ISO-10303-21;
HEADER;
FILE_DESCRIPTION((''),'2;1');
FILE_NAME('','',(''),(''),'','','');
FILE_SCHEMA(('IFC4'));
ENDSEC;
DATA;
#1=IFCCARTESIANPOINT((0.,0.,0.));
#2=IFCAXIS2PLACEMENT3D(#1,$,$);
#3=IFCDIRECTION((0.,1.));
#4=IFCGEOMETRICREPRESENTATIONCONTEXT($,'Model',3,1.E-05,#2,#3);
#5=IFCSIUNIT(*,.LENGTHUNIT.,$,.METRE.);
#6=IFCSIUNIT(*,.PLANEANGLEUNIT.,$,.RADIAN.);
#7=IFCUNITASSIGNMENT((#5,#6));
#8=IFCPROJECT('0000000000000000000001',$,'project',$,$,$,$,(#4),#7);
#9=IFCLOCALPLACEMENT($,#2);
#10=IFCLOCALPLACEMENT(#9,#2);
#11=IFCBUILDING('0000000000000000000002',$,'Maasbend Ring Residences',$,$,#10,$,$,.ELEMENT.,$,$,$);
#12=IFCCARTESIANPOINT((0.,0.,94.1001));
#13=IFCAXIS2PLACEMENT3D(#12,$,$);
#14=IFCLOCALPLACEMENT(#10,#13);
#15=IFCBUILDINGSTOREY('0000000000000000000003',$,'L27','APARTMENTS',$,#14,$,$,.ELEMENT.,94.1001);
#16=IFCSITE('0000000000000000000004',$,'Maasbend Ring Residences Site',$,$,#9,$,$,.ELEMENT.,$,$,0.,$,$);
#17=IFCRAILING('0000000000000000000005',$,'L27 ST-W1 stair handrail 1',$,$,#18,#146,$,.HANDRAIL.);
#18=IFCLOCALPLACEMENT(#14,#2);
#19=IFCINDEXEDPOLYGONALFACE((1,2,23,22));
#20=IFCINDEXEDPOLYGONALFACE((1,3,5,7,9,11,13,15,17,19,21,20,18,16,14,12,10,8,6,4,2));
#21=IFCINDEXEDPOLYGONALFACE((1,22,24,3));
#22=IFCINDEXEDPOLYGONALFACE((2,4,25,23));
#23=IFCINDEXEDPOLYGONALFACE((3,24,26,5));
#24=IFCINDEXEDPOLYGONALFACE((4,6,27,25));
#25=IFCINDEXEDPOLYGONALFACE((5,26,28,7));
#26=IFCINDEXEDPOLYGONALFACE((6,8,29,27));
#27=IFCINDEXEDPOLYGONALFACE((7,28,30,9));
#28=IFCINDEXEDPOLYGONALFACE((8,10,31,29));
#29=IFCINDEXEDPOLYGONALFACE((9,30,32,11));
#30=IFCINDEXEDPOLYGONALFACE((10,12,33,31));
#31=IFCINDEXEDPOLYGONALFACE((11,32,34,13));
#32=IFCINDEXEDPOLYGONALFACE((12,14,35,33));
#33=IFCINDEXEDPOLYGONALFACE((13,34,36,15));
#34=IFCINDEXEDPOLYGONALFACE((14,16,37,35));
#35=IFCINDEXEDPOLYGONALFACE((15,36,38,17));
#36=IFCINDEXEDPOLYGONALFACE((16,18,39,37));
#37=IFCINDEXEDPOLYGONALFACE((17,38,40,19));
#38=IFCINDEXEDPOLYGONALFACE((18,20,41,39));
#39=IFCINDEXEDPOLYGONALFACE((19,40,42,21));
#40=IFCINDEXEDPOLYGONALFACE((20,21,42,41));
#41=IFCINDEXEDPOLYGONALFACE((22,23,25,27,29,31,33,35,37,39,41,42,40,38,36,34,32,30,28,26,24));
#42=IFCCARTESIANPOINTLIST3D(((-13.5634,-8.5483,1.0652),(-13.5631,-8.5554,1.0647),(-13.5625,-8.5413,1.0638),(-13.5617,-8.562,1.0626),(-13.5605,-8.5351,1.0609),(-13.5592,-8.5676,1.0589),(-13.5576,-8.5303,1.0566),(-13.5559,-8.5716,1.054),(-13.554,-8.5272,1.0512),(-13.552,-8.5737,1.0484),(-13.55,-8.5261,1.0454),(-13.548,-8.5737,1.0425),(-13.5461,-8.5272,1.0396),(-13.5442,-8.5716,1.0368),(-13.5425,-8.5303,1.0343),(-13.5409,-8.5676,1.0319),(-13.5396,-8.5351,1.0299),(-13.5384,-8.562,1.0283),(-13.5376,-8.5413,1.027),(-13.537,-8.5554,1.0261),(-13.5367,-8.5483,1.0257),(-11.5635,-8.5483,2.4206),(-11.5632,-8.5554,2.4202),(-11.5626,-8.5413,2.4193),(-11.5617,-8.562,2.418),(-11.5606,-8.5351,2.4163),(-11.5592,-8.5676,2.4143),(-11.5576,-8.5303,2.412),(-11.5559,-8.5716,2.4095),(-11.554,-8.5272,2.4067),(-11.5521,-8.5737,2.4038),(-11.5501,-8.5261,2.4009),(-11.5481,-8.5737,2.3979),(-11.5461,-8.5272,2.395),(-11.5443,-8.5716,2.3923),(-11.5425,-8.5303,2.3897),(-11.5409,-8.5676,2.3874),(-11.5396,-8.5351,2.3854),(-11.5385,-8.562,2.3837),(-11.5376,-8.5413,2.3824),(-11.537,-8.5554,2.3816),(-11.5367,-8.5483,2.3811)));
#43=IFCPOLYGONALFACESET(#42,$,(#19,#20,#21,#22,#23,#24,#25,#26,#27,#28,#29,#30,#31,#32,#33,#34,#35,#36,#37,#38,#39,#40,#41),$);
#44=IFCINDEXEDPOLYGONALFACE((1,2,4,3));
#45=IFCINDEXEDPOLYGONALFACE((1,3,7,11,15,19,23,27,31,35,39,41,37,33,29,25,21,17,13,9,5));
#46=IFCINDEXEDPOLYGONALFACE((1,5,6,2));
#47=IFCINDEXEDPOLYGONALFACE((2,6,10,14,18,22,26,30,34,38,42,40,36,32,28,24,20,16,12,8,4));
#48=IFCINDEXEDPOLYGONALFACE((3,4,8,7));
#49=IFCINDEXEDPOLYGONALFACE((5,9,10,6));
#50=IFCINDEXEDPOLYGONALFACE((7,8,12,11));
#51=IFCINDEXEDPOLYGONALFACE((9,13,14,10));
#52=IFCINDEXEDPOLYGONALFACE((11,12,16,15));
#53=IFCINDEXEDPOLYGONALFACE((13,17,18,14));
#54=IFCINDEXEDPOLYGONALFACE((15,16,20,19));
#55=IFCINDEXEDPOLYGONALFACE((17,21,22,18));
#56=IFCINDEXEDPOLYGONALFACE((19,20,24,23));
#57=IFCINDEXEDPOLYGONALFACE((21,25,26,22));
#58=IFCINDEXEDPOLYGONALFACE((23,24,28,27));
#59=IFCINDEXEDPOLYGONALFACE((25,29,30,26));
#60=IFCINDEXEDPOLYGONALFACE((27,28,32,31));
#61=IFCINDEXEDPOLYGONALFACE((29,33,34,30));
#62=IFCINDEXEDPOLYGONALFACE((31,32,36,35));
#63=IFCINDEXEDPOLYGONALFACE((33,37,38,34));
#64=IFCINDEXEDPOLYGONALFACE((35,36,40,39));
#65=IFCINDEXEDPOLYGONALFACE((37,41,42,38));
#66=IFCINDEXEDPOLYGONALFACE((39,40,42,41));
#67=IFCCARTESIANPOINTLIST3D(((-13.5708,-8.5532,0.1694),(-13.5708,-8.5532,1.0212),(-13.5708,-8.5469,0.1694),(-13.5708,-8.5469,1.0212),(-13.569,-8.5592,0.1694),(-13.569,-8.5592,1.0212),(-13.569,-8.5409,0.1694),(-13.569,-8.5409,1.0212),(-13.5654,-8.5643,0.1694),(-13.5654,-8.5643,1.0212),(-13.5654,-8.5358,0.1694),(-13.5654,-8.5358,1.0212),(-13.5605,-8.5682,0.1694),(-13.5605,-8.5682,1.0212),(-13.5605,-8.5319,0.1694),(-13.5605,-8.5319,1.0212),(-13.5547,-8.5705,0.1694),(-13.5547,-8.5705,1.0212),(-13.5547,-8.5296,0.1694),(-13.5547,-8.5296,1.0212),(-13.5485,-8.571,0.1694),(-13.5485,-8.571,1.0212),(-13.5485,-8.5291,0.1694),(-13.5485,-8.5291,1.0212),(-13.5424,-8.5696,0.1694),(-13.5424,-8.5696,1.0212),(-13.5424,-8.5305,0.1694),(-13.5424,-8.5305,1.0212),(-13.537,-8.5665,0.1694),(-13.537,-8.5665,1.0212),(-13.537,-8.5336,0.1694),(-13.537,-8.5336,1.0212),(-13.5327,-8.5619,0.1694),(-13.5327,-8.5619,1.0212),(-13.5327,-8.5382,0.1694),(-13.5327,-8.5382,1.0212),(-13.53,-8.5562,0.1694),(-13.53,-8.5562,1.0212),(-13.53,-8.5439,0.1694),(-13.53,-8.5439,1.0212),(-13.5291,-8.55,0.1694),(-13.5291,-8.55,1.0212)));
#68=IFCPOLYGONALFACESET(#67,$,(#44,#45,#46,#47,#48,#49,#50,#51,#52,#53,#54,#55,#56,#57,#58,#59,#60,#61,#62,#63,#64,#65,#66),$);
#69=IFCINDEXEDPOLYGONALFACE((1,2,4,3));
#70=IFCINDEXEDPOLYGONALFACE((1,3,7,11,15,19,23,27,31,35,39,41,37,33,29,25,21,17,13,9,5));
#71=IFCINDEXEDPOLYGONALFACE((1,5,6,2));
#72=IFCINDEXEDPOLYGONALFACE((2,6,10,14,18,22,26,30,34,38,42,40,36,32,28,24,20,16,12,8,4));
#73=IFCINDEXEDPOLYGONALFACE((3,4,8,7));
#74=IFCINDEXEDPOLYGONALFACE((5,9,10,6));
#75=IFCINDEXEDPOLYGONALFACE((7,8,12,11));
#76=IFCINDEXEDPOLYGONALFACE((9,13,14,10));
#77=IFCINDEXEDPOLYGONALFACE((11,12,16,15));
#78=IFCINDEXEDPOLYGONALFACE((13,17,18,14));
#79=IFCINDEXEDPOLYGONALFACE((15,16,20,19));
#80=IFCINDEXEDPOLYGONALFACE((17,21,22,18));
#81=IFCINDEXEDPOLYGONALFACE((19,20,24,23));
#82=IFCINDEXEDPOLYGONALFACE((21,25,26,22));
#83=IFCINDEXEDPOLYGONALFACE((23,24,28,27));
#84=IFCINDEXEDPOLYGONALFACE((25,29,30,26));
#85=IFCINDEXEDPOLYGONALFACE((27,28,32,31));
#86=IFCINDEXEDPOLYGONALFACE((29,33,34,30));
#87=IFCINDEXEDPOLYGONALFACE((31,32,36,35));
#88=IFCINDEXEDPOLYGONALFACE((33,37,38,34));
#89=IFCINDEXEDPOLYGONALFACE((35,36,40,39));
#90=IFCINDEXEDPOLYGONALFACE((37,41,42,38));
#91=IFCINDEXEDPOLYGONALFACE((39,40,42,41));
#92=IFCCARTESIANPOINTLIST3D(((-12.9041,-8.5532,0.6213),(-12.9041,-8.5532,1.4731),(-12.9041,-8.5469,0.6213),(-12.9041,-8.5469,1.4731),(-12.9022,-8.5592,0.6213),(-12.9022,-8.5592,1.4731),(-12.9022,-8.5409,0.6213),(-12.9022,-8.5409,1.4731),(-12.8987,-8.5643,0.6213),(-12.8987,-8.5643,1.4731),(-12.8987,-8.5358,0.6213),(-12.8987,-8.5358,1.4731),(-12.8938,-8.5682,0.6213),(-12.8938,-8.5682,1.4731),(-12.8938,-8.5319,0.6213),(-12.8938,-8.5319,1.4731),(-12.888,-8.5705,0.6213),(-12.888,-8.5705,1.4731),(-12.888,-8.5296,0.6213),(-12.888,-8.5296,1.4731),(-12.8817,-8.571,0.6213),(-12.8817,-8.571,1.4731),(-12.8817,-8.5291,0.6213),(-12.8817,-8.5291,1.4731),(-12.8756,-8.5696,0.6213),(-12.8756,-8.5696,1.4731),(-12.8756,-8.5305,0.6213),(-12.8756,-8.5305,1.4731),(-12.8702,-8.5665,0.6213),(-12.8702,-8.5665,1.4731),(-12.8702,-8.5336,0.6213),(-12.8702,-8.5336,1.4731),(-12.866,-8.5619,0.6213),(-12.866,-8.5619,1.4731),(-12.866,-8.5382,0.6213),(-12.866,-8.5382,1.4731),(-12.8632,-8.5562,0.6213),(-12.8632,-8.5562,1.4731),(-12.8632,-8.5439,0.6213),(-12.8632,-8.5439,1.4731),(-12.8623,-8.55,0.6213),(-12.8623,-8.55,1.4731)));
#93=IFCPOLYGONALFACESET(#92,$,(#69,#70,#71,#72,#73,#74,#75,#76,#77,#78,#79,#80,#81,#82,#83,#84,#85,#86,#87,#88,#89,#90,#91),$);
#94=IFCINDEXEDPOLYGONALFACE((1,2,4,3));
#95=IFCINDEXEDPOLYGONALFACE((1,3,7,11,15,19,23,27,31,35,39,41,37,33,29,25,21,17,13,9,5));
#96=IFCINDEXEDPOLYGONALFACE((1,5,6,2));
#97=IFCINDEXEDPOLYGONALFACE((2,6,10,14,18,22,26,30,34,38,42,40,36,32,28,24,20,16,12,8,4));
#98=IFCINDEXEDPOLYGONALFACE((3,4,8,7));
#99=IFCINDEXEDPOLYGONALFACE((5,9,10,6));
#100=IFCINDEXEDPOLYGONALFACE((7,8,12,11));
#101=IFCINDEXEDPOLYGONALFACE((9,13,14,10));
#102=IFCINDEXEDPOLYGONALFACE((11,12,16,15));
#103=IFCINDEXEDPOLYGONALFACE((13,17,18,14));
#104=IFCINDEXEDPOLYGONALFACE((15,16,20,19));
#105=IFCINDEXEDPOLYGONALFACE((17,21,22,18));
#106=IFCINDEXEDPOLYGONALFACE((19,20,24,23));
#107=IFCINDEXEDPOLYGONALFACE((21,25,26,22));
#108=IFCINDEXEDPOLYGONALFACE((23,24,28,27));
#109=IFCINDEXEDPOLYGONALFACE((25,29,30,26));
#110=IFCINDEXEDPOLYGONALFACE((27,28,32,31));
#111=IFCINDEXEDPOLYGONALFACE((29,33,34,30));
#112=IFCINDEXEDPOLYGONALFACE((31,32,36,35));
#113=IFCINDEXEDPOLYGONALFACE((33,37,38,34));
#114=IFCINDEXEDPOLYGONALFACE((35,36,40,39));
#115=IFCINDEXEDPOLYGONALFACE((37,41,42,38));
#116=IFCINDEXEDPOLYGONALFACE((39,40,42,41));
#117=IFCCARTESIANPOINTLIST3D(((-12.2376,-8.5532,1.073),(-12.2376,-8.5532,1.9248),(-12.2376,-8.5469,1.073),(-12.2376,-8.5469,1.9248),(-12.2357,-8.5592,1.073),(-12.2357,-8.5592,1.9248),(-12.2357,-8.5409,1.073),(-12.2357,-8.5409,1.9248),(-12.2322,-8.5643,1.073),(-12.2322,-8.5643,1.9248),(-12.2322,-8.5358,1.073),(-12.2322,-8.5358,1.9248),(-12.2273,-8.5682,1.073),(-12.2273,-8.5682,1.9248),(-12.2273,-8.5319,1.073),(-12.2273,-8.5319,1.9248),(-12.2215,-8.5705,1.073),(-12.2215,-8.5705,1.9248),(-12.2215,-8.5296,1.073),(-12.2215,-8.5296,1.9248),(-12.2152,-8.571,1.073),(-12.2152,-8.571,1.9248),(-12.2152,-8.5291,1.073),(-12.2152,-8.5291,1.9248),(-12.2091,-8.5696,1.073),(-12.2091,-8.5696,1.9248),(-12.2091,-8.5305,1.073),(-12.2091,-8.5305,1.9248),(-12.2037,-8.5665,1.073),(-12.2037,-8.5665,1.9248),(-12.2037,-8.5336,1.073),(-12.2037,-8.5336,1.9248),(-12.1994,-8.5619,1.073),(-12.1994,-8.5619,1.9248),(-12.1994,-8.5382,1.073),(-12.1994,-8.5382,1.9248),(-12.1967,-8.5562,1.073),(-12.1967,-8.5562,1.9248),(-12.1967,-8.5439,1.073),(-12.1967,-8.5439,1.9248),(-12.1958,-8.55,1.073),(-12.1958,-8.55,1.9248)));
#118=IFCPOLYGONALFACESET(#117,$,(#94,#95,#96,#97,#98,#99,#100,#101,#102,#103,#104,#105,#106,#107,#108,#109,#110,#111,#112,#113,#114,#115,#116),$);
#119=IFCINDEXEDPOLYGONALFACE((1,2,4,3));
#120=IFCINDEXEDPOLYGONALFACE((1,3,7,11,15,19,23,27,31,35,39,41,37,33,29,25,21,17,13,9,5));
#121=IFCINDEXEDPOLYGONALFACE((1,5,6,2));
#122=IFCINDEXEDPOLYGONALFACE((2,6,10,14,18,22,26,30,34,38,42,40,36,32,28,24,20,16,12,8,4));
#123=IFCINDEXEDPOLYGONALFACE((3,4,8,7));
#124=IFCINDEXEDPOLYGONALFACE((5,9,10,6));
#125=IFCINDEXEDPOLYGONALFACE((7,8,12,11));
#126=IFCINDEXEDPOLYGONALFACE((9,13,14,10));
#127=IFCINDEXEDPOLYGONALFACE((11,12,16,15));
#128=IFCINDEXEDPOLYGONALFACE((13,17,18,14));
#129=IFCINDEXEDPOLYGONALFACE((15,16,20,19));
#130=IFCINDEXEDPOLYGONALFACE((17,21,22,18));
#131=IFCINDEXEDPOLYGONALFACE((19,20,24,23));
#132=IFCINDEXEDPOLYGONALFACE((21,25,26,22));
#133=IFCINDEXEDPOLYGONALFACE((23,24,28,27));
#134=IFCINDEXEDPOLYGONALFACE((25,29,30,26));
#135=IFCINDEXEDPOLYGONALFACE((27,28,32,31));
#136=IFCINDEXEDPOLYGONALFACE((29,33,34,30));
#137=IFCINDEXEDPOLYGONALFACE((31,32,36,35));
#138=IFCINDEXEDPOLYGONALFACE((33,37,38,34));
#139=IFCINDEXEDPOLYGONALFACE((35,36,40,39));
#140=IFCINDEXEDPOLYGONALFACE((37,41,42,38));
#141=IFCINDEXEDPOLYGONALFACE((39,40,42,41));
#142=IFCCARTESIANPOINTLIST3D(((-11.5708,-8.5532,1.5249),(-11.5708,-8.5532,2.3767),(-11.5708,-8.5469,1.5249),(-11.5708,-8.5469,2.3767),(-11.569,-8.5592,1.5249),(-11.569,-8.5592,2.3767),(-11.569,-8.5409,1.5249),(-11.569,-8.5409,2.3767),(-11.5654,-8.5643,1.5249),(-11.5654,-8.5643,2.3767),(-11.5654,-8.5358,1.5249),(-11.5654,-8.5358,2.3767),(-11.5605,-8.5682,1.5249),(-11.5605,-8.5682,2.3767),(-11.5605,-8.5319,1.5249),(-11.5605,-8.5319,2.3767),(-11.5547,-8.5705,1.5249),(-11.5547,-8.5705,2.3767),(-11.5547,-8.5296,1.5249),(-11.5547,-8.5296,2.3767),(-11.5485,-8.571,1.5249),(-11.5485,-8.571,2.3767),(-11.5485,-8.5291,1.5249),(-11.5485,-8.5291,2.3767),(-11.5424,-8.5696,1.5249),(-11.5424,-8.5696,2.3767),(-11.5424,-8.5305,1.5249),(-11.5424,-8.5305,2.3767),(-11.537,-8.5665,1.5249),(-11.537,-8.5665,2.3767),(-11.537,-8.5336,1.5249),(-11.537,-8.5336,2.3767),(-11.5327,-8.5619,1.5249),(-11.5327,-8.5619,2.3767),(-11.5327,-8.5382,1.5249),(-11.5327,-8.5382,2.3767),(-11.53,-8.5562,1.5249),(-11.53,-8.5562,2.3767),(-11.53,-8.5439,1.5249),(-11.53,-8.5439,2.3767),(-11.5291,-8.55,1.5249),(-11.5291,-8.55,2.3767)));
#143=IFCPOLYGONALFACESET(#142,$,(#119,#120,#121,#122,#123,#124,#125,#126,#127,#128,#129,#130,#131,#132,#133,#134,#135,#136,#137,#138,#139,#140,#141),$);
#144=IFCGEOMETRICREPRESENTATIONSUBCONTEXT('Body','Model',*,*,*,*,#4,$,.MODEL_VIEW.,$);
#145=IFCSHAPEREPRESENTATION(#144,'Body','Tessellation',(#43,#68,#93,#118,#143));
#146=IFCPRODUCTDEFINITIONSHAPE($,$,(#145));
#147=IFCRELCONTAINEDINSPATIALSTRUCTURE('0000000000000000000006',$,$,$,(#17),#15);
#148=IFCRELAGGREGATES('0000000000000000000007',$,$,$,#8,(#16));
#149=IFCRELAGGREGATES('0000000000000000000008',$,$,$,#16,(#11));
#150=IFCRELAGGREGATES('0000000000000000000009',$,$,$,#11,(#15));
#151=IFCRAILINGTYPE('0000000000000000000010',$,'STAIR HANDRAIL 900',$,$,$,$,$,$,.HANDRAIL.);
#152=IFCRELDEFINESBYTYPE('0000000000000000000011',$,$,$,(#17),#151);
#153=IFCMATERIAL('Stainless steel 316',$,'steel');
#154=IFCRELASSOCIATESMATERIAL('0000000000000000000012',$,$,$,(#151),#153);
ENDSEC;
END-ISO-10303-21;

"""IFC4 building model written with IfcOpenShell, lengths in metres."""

from ifc_helpers import new_model, si_unit, direction, frame, origin, origin_2d, place, context, subcontext, project, spatial, circle, extrude, material, type_object, element, save


model = new_model("IFC4")

# Units and contexts
model_context = context("Model", 3, precision=1e-05, world=origin(), true_north=direction((0.0, 1.0)))
body_context = subcontext(model_context, "Body", "Model", "MODEL_VIEW")
ifc_project = project(units=[si_unit("LENGTHUNIT", "METRE"), si_unit("PLANEANGLEUNIT", "RADIAN")], contexts=[model_context])

# Site, building, storey
site_placement = place(None, origin())
site = spatial("IfcSite", under=ifc_project, at=site_placement, Name="Maasbend Ring Residences Site", CompositionType="ELEMENT", RefElevation=0.0)
building_placement = place(site_placement, origin())
building = spatial("IfcBuilding", under=site, at=building_placement, Name="Maasbend Ring Residences", CompositionType="ELEMENT")
storey_placement = place(building_placement, frame((0.0, 0.0, 94.1001)))
storey = spatial("IfcBuildingStorey", under=building, at=storey_placement, Name="L27", Description="APARTMENTS", CompositionType="ELEMENT", Elevation=94.1001)

# Railing
ifc_material_1 = material(Name="Stainless steel 316", Category="steel")
railing_type_1 = type_object("IfcRailingType", Name="STAIR HANDRAIL 900", PredefinedType="HANDRAIL", material=ifc_material_1)
railing_1_placement = place(storey_placement, frame((-13.55, -8.55, 0.1694)))
element("IfcRailing", 1, at=railing_1_placement, inside=storey, type_object=railing_type_1, Name="L27 ST-W1 stair handrail 1", PredefinedType="HANDRAIL", context=body_context, shape_type="SweptSolid", body=[
    extrude(circle(Radius=0.0239, at=origin_2d()), frame((0.0, 0.0, 0.876), z_axis=(0.827798, 0.0, 0.561027), x_axis=(0.0, 1.0, 0.0)), (0.0, 0.0, 1.0), 2.416),
    extrude(circle(Radius=0.021, at=origin_2d()), origin(), (0.0, 0.0, 1.0), 0.8518),
    extrude(circle(Radius=0.021, at=origin_2d()), frame((0.6667, 0.0, 0.4519)), (0.0, 0.0, 1.0), 0.8518),
    extrude(circle(Radius=0.021, at=origin_2d()), frame((1.3333, 0.0, 0.9036)), (0.0, 0.0, 1.0), 0.8518),
    extrude(circle(Radius=0.021, at=origin_2d()), frame((2.0, 0.0, 1.3555)), (0.0, 0.0, 1.0), 0.8518),
])

save(model, "model.ifc")
